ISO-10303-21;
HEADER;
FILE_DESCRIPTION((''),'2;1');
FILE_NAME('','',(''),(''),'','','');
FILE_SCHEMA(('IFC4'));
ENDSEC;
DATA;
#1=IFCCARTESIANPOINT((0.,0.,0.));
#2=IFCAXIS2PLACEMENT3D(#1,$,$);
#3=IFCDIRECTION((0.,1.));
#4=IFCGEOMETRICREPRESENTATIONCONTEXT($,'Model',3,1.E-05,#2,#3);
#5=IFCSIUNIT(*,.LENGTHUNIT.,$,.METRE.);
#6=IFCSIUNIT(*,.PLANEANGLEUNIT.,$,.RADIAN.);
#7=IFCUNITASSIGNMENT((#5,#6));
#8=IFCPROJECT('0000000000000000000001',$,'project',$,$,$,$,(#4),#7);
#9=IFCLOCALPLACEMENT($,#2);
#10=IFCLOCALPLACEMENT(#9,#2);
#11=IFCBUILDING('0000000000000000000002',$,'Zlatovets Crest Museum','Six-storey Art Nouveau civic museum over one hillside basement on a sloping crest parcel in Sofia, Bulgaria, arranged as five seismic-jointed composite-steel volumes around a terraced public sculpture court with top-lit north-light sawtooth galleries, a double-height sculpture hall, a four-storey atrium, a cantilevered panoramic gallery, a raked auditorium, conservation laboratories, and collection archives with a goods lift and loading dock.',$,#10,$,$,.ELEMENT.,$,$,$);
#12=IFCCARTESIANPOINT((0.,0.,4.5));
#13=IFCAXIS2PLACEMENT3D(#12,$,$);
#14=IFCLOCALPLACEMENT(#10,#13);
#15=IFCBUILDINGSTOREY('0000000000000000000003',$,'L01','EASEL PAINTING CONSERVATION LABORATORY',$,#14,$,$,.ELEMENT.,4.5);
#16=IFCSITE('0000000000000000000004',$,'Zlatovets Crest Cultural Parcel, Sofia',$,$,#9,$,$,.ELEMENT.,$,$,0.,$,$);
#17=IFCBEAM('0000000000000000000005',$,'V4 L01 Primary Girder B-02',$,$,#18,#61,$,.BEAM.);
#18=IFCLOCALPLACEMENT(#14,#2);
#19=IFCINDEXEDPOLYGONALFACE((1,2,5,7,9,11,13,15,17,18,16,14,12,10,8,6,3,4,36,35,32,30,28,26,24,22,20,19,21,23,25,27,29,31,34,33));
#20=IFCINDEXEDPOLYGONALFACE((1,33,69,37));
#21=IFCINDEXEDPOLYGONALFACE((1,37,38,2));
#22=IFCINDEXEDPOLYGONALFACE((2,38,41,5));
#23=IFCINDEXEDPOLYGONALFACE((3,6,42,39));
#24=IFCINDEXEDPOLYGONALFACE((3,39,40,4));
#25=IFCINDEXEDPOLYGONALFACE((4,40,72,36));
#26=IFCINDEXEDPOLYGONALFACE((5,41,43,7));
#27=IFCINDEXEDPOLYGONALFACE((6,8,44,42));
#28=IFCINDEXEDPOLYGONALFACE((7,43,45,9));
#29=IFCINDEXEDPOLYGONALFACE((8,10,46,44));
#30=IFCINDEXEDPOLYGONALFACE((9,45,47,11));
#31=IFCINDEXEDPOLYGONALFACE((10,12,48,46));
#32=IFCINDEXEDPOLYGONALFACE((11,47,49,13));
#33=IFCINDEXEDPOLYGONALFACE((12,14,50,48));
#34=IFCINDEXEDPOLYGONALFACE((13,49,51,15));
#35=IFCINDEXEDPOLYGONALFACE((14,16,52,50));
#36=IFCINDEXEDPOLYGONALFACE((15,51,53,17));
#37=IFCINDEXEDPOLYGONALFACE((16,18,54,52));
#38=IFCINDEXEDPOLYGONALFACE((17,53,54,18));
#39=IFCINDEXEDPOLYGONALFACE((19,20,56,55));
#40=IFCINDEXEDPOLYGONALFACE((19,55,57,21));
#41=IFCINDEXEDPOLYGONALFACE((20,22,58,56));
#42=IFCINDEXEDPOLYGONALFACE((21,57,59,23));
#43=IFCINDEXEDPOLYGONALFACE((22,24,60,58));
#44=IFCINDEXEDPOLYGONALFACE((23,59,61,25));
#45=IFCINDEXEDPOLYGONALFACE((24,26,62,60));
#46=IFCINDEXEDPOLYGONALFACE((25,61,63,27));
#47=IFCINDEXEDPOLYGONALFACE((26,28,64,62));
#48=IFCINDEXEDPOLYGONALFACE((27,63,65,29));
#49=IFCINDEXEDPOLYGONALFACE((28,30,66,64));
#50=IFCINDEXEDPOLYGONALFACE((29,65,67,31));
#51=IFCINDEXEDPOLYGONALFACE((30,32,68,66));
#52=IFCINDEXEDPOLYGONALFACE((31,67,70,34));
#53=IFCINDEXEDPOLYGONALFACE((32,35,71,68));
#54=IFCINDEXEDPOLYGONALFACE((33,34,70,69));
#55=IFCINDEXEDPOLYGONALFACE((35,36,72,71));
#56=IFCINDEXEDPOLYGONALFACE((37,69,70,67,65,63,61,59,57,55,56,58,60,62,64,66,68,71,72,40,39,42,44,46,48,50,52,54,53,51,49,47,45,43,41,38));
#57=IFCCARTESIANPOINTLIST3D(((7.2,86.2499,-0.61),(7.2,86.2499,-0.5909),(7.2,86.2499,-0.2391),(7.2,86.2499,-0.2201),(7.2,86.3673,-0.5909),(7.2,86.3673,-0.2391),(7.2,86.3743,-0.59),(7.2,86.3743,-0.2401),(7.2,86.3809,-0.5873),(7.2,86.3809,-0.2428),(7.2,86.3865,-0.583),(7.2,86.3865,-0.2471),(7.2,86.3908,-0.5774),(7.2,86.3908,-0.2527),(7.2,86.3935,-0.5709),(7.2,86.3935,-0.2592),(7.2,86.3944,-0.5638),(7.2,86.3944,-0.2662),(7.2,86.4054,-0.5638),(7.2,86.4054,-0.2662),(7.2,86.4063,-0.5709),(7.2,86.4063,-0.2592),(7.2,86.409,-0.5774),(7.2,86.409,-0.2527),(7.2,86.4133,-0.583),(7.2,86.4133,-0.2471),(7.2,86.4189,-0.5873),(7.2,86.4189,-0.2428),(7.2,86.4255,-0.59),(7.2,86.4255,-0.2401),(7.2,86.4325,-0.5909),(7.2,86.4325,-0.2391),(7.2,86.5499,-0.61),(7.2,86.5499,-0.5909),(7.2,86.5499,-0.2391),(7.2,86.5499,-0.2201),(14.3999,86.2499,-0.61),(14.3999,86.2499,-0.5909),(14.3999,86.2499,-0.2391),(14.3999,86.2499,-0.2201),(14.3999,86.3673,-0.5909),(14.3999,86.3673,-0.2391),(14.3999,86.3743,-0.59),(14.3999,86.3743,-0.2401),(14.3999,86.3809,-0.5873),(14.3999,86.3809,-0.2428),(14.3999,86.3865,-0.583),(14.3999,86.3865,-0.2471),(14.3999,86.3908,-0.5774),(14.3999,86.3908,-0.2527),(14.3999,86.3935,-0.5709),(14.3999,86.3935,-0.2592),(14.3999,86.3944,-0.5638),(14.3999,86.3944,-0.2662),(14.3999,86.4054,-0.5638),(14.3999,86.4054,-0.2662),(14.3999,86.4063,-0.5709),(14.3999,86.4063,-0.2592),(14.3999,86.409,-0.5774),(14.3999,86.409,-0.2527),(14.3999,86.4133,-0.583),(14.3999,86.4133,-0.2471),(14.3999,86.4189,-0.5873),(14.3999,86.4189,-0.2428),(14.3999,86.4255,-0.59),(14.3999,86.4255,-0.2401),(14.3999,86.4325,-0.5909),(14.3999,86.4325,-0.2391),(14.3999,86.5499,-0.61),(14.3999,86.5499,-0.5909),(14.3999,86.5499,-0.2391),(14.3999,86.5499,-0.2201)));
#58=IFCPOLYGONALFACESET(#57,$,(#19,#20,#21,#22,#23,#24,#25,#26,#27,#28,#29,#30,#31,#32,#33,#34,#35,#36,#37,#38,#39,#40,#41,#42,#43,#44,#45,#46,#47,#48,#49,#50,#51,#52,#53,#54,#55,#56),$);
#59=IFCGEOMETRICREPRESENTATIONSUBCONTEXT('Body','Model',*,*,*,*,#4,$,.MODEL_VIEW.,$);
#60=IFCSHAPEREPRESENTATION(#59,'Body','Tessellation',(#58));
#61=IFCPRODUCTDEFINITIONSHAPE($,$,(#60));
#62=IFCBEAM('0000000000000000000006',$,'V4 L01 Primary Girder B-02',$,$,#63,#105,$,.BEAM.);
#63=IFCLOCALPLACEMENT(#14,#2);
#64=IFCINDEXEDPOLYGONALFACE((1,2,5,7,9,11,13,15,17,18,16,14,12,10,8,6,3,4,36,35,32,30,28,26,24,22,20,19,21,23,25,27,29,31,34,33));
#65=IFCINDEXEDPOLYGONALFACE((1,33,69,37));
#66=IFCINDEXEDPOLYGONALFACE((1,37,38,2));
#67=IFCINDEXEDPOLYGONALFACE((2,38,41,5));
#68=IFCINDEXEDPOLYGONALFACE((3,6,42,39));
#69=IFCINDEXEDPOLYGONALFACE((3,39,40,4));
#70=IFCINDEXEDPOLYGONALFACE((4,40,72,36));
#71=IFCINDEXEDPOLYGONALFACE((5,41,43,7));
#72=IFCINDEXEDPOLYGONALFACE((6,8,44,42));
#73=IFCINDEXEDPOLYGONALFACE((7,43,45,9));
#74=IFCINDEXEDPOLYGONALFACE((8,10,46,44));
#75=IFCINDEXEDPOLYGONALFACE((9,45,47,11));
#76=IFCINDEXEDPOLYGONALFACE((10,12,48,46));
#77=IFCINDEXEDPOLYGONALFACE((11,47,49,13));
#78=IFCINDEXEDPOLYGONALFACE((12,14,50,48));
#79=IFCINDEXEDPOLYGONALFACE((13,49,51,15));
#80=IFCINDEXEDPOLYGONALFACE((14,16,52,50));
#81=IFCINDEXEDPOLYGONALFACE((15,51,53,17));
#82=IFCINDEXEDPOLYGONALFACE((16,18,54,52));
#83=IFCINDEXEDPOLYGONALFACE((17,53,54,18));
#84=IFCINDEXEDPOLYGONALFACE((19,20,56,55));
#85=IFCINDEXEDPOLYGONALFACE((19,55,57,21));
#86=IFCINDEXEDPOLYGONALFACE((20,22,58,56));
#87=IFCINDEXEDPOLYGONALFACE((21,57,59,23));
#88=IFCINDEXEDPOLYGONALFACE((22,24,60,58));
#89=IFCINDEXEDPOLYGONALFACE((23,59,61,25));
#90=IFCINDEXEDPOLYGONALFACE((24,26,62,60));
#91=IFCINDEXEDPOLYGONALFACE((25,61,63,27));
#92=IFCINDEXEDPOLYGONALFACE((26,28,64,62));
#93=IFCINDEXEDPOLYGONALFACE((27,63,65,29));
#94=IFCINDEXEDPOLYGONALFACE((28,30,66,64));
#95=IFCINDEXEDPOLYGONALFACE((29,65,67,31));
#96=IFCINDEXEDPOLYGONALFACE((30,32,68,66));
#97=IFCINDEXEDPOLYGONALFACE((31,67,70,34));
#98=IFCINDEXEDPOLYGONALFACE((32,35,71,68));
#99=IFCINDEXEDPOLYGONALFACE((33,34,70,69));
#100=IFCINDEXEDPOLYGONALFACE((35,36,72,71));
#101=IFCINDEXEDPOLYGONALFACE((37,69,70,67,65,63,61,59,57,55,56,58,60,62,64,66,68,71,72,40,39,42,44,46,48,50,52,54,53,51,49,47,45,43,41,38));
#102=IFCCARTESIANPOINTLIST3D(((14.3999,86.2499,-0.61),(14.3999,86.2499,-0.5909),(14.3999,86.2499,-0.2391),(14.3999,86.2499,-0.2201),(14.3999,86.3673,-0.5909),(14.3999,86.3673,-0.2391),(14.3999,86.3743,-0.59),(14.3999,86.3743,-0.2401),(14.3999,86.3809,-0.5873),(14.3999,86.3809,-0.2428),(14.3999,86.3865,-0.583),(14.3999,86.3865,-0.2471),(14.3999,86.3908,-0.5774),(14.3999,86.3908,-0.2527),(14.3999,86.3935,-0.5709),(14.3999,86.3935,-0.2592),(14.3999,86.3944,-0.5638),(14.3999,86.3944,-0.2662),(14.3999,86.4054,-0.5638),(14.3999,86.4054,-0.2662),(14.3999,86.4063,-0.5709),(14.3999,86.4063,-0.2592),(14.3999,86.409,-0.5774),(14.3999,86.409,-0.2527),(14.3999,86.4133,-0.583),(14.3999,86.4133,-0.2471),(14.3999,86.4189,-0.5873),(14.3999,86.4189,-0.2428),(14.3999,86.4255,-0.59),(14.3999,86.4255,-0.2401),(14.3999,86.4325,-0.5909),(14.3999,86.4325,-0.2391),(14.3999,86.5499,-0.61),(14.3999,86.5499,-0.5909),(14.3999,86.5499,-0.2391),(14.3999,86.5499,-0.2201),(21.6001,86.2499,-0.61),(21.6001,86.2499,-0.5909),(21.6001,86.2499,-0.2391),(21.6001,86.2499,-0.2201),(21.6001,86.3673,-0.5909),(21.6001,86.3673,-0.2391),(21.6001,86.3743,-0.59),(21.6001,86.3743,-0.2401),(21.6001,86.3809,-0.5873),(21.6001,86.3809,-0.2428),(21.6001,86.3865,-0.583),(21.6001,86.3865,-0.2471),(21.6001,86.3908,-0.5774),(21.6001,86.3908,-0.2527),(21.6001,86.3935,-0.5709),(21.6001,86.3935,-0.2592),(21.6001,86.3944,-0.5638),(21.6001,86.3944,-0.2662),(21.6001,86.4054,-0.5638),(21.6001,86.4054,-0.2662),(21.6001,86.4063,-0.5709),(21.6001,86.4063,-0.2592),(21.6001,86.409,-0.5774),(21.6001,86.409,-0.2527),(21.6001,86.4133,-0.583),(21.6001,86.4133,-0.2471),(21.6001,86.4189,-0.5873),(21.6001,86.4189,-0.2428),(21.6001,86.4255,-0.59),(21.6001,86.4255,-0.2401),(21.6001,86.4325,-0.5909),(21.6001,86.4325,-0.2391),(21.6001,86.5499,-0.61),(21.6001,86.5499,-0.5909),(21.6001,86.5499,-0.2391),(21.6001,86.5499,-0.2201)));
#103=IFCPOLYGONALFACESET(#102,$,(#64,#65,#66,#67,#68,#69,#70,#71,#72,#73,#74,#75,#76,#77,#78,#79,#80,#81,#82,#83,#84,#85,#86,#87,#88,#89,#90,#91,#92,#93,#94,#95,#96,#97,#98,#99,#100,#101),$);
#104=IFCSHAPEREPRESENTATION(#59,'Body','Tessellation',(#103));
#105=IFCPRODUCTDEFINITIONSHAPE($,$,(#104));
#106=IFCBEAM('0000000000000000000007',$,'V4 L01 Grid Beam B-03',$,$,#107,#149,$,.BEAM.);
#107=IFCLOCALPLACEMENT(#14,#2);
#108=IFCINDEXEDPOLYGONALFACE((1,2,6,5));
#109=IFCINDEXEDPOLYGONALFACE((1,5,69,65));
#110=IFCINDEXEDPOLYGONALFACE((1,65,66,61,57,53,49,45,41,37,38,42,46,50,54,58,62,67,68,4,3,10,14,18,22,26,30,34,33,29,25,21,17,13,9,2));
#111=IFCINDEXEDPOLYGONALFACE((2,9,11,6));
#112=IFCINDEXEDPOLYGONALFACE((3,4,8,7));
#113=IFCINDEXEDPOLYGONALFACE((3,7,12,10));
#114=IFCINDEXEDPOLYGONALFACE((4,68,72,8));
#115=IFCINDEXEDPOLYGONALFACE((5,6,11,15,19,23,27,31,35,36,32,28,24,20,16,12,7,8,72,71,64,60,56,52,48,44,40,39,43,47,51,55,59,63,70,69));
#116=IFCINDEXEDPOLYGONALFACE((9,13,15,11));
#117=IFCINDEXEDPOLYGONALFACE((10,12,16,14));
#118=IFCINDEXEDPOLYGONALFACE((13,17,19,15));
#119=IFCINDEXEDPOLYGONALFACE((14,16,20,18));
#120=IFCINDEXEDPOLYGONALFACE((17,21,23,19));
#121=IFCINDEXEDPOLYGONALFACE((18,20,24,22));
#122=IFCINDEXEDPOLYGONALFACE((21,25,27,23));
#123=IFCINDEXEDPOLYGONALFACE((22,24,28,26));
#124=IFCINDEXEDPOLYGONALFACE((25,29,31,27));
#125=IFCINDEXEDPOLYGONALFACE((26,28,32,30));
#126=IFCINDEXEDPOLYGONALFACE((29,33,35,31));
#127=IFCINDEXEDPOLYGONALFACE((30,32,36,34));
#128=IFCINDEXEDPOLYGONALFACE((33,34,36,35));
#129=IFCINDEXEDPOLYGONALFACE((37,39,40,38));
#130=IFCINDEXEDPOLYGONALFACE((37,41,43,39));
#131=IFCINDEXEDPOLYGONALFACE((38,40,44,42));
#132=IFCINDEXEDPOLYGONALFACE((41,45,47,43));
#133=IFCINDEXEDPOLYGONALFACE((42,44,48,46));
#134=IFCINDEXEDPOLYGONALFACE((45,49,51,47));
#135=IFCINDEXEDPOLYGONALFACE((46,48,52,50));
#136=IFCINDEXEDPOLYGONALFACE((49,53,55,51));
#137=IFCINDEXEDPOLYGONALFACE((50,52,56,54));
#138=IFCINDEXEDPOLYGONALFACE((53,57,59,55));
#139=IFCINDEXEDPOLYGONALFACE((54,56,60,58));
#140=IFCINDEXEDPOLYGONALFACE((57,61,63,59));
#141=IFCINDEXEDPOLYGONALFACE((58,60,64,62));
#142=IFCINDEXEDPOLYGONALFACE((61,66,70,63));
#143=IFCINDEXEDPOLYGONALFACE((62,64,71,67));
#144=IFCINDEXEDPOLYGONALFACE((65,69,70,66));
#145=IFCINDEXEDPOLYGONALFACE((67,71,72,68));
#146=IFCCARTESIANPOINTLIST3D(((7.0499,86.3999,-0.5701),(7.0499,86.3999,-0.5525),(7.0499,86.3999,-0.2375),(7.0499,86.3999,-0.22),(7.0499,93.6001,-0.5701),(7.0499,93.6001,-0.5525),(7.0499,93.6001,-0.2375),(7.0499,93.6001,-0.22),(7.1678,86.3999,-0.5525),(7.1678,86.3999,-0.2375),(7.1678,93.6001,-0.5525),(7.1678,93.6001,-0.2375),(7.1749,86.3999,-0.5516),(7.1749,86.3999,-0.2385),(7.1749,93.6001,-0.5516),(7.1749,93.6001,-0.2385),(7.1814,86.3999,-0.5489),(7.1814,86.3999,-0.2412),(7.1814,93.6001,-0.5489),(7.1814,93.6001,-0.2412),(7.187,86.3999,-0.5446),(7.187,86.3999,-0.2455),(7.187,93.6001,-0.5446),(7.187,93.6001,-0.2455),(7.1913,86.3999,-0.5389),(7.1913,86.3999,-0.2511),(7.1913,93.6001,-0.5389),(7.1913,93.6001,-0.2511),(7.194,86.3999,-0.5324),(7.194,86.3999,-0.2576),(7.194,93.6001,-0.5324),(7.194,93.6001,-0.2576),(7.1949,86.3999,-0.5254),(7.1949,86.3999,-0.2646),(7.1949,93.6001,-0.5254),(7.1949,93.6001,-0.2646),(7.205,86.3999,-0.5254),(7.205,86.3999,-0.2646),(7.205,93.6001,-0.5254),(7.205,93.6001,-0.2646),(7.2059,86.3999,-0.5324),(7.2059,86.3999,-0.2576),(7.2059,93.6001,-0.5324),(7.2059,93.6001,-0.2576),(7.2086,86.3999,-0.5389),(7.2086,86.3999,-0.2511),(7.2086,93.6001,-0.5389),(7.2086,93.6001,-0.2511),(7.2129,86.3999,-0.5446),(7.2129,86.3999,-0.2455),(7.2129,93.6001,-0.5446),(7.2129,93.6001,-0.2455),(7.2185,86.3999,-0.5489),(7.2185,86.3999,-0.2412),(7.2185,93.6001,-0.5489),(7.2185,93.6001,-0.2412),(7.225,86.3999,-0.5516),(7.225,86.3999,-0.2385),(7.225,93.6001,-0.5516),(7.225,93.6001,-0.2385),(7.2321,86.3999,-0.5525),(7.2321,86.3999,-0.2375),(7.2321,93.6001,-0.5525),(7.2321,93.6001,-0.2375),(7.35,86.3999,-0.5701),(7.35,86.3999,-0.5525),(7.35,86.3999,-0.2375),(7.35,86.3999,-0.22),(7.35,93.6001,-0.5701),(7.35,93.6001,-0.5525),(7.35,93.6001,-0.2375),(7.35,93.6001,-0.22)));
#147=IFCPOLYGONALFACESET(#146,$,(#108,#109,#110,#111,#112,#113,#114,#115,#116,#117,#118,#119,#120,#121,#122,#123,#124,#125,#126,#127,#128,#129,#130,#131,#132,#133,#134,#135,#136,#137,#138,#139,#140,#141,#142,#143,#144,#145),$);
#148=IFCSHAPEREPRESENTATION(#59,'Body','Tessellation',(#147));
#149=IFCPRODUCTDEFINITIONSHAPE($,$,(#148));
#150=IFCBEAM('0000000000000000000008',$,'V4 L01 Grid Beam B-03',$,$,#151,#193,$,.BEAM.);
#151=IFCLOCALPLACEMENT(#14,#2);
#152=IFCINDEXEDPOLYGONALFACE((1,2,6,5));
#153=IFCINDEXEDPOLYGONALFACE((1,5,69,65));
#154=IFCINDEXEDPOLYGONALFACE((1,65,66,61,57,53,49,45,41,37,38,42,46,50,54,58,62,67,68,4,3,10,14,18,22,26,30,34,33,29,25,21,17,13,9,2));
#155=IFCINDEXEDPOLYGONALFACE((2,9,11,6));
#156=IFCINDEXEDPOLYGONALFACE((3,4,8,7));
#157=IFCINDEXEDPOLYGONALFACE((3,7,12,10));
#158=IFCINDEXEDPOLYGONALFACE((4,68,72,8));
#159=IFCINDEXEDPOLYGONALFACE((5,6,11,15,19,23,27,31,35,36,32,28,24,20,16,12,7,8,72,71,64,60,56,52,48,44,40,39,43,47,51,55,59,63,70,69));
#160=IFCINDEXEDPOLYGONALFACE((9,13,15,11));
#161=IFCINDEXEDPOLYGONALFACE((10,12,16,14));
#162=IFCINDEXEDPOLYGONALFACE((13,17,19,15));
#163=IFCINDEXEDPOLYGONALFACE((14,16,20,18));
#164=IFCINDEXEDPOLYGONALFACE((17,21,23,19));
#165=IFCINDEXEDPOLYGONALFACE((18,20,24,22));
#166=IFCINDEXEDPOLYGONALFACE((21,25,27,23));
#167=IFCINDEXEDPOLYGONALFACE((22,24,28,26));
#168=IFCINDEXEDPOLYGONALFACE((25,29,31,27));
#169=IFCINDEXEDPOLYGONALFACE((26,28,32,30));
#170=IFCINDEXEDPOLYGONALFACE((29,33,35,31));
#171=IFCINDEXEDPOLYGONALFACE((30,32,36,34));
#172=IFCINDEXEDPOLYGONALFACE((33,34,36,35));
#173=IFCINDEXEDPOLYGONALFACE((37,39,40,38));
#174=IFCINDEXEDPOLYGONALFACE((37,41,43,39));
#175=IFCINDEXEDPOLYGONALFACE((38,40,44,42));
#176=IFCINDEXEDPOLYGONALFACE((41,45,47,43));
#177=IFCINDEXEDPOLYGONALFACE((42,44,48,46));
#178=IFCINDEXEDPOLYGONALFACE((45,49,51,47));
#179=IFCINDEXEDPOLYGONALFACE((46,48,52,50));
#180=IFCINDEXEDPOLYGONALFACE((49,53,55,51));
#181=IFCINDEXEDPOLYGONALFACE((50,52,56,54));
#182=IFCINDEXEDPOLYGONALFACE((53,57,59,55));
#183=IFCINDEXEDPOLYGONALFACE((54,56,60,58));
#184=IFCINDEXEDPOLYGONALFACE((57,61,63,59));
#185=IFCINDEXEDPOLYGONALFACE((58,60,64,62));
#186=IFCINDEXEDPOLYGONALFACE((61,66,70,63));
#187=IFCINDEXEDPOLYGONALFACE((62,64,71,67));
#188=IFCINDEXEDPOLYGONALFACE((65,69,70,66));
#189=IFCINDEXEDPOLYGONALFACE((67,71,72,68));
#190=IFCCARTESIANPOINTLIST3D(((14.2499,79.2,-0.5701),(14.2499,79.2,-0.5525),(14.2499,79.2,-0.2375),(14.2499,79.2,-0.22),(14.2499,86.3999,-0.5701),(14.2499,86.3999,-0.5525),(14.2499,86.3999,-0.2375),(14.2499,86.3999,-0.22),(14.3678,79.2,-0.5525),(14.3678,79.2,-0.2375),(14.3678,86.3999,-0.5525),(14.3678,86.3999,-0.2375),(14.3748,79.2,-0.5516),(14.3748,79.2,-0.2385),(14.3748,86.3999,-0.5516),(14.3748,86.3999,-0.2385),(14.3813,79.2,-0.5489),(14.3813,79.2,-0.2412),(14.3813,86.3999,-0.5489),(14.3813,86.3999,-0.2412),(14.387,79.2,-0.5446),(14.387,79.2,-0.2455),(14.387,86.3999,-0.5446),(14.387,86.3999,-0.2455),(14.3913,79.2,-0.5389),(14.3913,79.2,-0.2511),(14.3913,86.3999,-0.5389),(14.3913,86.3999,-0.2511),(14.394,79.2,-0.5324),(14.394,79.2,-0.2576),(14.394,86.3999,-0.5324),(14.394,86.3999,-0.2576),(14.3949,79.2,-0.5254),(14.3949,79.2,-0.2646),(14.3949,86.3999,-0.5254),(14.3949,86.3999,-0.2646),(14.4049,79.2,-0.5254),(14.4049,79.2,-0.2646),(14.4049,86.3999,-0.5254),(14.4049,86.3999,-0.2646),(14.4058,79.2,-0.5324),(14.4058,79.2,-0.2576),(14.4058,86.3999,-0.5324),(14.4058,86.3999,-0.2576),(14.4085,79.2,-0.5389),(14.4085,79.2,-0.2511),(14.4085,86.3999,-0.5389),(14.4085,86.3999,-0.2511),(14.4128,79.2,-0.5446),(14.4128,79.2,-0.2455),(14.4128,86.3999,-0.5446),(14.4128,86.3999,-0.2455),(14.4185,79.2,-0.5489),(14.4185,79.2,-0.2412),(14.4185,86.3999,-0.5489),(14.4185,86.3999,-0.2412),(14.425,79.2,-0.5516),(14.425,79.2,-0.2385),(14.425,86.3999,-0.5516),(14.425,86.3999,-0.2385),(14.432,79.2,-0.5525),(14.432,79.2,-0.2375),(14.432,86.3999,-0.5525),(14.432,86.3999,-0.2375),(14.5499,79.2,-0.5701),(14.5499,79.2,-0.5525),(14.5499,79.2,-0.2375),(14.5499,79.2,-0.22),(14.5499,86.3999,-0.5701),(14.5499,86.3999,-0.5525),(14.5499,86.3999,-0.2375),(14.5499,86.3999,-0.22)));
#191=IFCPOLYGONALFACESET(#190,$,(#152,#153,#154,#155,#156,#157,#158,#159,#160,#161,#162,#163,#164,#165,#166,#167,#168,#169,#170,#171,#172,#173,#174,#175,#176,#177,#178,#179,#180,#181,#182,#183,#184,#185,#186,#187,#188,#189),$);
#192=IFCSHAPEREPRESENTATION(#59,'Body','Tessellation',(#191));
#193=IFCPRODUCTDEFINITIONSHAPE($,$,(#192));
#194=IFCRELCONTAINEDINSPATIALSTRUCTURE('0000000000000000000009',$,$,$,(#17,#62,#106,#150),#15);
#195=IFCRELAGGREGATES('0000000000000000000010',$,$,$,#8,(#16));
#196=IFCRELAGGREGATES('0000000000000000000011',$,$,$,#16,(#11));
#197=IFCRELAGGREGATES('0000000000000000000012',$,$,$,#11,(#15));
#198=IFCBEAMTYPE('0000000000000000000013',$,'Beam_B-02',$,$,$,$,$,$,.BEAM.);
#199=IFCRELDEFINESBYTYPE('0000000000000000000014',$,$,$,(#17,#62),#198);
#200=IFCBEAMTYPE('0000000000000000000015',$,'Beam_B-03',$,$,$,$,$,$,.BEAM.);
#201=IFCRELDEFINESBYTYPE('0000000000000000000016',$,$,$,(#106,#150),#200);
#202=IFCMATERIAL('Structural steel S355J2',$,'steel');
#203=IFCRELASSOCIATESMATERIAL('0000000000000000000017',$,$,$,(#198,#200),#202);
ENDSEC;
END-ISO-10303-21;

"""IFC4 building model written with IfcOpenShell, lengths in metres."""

from ifc_helpers import new_model, si_unit, direction, frame, origin, origin_2d, place, context, subcontext, project, spatial, i_section, extrude, material, material_profile, profile_set, type_object, element, save


model = new_model("IFC4")

# Units and contexts
model_context = context("Model", 3, precision=1e-05, world=origin(), true_north=direction((0.0, 1.0)))
body_context = subcontext(model_context, "Body", "Model", "MODEL_VIEW")
ifc_project = project(units=[si_unit("LENGTHUNIT", "METRE"), si_unit("PLANEANGLEUNIT", "RADIAN")], contexts=[model_context])

# Site, building, storey
site_placement = place(None, origin())
site = spatial("IfcSite", under=ifc_project, at=site_placement, Name="Zlatovets Crest Cultural Parcel, Sofia", CompositionType="ELEMENT", RefElevation=0.0)
building_placement = place(site_placement, origin())
building = spatial("IfcBuilding", under=site, at=building_placement, Name="Zlatovets Crest Museum", Description="Six-storey Art Nouveau civic museum over one hillside basement on a sloping crest parcel in Sofia, Bulgaria, arranged as five seismic-jointed composite-steel volumes around a terraced public sculpture court with top-lit north-light sawtooth galleries, a double-height sculpture hall, a four-storey atrium, a cantilevered panoramic gallery, a raked auditorium, conservation laboratories, and collection archives with a goods lift and loading dock.", CompositionType="ELEMENT")
storey_placement = place(building_placement, frame((0.0, 0.0, 4.5)))
storey = spatial("IfcBuildingStorey", under=building, at=storey_placement, Name="L01", Description="EASEL PAINTING CONSERVATION LABORATORY", CompositionType="ELEMENT", Elevation=4.5)

# Shared definitions
ifc_material_1 = material(Name="Structural steel S355J2", Category="steel")

# Beams
ifc_material_profile_1 = material_profile(ifc_material_1, i_section(OverallWidth=0.3, OverallDepth=0.3899, WebThickness=0.011, FlangeThickness=0.019, FilletRadius=0.0271, at=origin_2d()), Name="HEA 400")
ifc_profile_set_1 = profile_set([ifc_material_profile_1], Name="Structural steel S355J2")
beam_type_1 = type_object("IfcBeamType", Name="Beam_B-02", PredefinedType="BEAM", material=ifc_profile_set_1)
beam_1_placement = place(storey_placement, frame((7.2, 86.3999, -0.415), z_axis=(1.0, 0.0, 0.0), x_axis=(0.0, 1.0, 0.0)))
element("IfcBeam", 1, at=beam_1_placement, inside=storey, type_object=beam_type_1, Name="V4 L01 Primary Girder B-02", PredefinedType="BEAM", context=body_context, shape_type="SweptSolid", body=[
    extrude(i_section(OverallWidth=0.3, OverallDepth=0.3899, WebThickness=0.011, FlangeThickness=0.019, FilletRadius=0.0271, at=origin_2d()), origin(), (0.0, 0.0, 1.0), 7.2),
])
beam_2_placement = place(storey_placement, frame((14.3999, 86.3999, -0.415), z_axis=(1.0, 0.0, 0.0), x_axis=(0.0, 1.0, 0.0)))
element("IfcBeam", 2, at=beam_2_placement, inside=storey, type_object=beam_type_1, Name="V4 L01 Primary Girder B-02", PredefinedType="BEAM", context=body_context, shape_type="SweptSolid", body=[
    extrude(i_section(OverallWidth=0.3, OverallDepth=0.3899, WebThickness=0.011, FlangeThickness=0.019, FilletRadius=0.0271, at=origin_2d()), origin(), (0.0, 0.0, 1.0), 7.2002),
])
ifc_material_profile_2 = material_profile(ifc_material_1, i_section(OverallWidth=0.3, OverallDepth=0.3501, WebThickness=0.01, FlangeThickness=0.0176, FilletRadius=0.0271, at=origin_2d()), Name="HEA 360")
ifc_profile_set_2 = profile_set([ifc_material_profile_2], Name="Structural steel S355J2")
beam_type_2 = type_object("IfcBeamType", Name="Beam_B-03", PredefinedType="BEAM", material=ifc_profile_set_2)
beam_3_placement = place(storey_placement, frame((7.2, 86.3999, -0.395), z_axis=(0.0, 1.0, 0.0), x_axis=(-1.0, 0.0, 0.0)))
element("IfcBeam", 3, at=beam_3_placement, inside=storey, type_object=beam_type_2, Name="V4 L01 Grid Beam B-03", PredefinedType="BEAM", context=body_context, shape_type="SweptSolid", body=[
    extrude(i_section(OverallWidth=0.3, OverallDepth=0.3501, WebThickness=0.01, FlangeThickness=0.0176, FilletRadius=0.0271, at=origin_2d()), origin(), (0.0, 0.0, 1.0), 7.2002),
])
beam_4_placement = place(storey_placement, frame((14.3999, 79.2, -0.395), z_axis=(0.0, 1.0, 0.0), x_axis=(-1.0, 0.0, 0.0)))
element("IfcBeam", 4, at=beam_4_placement, inside=storey, type_object=beam_type_2, Name="V4 L01 Grid Beam B-03", PredefinedType="BEAM", context=body_context, shape_type="SweptSolid", body=[
    extrude(i_section(OverallWidth=0.3, OverallDepth=0.3501, WebThickness=0.01, FlangeThickness=0.0176, FilletRadius=0.0271, at=origin_2d()), origin(), (0.0, 0.0, 1.0), 7.2),
])

save(model, "model.ifc")
